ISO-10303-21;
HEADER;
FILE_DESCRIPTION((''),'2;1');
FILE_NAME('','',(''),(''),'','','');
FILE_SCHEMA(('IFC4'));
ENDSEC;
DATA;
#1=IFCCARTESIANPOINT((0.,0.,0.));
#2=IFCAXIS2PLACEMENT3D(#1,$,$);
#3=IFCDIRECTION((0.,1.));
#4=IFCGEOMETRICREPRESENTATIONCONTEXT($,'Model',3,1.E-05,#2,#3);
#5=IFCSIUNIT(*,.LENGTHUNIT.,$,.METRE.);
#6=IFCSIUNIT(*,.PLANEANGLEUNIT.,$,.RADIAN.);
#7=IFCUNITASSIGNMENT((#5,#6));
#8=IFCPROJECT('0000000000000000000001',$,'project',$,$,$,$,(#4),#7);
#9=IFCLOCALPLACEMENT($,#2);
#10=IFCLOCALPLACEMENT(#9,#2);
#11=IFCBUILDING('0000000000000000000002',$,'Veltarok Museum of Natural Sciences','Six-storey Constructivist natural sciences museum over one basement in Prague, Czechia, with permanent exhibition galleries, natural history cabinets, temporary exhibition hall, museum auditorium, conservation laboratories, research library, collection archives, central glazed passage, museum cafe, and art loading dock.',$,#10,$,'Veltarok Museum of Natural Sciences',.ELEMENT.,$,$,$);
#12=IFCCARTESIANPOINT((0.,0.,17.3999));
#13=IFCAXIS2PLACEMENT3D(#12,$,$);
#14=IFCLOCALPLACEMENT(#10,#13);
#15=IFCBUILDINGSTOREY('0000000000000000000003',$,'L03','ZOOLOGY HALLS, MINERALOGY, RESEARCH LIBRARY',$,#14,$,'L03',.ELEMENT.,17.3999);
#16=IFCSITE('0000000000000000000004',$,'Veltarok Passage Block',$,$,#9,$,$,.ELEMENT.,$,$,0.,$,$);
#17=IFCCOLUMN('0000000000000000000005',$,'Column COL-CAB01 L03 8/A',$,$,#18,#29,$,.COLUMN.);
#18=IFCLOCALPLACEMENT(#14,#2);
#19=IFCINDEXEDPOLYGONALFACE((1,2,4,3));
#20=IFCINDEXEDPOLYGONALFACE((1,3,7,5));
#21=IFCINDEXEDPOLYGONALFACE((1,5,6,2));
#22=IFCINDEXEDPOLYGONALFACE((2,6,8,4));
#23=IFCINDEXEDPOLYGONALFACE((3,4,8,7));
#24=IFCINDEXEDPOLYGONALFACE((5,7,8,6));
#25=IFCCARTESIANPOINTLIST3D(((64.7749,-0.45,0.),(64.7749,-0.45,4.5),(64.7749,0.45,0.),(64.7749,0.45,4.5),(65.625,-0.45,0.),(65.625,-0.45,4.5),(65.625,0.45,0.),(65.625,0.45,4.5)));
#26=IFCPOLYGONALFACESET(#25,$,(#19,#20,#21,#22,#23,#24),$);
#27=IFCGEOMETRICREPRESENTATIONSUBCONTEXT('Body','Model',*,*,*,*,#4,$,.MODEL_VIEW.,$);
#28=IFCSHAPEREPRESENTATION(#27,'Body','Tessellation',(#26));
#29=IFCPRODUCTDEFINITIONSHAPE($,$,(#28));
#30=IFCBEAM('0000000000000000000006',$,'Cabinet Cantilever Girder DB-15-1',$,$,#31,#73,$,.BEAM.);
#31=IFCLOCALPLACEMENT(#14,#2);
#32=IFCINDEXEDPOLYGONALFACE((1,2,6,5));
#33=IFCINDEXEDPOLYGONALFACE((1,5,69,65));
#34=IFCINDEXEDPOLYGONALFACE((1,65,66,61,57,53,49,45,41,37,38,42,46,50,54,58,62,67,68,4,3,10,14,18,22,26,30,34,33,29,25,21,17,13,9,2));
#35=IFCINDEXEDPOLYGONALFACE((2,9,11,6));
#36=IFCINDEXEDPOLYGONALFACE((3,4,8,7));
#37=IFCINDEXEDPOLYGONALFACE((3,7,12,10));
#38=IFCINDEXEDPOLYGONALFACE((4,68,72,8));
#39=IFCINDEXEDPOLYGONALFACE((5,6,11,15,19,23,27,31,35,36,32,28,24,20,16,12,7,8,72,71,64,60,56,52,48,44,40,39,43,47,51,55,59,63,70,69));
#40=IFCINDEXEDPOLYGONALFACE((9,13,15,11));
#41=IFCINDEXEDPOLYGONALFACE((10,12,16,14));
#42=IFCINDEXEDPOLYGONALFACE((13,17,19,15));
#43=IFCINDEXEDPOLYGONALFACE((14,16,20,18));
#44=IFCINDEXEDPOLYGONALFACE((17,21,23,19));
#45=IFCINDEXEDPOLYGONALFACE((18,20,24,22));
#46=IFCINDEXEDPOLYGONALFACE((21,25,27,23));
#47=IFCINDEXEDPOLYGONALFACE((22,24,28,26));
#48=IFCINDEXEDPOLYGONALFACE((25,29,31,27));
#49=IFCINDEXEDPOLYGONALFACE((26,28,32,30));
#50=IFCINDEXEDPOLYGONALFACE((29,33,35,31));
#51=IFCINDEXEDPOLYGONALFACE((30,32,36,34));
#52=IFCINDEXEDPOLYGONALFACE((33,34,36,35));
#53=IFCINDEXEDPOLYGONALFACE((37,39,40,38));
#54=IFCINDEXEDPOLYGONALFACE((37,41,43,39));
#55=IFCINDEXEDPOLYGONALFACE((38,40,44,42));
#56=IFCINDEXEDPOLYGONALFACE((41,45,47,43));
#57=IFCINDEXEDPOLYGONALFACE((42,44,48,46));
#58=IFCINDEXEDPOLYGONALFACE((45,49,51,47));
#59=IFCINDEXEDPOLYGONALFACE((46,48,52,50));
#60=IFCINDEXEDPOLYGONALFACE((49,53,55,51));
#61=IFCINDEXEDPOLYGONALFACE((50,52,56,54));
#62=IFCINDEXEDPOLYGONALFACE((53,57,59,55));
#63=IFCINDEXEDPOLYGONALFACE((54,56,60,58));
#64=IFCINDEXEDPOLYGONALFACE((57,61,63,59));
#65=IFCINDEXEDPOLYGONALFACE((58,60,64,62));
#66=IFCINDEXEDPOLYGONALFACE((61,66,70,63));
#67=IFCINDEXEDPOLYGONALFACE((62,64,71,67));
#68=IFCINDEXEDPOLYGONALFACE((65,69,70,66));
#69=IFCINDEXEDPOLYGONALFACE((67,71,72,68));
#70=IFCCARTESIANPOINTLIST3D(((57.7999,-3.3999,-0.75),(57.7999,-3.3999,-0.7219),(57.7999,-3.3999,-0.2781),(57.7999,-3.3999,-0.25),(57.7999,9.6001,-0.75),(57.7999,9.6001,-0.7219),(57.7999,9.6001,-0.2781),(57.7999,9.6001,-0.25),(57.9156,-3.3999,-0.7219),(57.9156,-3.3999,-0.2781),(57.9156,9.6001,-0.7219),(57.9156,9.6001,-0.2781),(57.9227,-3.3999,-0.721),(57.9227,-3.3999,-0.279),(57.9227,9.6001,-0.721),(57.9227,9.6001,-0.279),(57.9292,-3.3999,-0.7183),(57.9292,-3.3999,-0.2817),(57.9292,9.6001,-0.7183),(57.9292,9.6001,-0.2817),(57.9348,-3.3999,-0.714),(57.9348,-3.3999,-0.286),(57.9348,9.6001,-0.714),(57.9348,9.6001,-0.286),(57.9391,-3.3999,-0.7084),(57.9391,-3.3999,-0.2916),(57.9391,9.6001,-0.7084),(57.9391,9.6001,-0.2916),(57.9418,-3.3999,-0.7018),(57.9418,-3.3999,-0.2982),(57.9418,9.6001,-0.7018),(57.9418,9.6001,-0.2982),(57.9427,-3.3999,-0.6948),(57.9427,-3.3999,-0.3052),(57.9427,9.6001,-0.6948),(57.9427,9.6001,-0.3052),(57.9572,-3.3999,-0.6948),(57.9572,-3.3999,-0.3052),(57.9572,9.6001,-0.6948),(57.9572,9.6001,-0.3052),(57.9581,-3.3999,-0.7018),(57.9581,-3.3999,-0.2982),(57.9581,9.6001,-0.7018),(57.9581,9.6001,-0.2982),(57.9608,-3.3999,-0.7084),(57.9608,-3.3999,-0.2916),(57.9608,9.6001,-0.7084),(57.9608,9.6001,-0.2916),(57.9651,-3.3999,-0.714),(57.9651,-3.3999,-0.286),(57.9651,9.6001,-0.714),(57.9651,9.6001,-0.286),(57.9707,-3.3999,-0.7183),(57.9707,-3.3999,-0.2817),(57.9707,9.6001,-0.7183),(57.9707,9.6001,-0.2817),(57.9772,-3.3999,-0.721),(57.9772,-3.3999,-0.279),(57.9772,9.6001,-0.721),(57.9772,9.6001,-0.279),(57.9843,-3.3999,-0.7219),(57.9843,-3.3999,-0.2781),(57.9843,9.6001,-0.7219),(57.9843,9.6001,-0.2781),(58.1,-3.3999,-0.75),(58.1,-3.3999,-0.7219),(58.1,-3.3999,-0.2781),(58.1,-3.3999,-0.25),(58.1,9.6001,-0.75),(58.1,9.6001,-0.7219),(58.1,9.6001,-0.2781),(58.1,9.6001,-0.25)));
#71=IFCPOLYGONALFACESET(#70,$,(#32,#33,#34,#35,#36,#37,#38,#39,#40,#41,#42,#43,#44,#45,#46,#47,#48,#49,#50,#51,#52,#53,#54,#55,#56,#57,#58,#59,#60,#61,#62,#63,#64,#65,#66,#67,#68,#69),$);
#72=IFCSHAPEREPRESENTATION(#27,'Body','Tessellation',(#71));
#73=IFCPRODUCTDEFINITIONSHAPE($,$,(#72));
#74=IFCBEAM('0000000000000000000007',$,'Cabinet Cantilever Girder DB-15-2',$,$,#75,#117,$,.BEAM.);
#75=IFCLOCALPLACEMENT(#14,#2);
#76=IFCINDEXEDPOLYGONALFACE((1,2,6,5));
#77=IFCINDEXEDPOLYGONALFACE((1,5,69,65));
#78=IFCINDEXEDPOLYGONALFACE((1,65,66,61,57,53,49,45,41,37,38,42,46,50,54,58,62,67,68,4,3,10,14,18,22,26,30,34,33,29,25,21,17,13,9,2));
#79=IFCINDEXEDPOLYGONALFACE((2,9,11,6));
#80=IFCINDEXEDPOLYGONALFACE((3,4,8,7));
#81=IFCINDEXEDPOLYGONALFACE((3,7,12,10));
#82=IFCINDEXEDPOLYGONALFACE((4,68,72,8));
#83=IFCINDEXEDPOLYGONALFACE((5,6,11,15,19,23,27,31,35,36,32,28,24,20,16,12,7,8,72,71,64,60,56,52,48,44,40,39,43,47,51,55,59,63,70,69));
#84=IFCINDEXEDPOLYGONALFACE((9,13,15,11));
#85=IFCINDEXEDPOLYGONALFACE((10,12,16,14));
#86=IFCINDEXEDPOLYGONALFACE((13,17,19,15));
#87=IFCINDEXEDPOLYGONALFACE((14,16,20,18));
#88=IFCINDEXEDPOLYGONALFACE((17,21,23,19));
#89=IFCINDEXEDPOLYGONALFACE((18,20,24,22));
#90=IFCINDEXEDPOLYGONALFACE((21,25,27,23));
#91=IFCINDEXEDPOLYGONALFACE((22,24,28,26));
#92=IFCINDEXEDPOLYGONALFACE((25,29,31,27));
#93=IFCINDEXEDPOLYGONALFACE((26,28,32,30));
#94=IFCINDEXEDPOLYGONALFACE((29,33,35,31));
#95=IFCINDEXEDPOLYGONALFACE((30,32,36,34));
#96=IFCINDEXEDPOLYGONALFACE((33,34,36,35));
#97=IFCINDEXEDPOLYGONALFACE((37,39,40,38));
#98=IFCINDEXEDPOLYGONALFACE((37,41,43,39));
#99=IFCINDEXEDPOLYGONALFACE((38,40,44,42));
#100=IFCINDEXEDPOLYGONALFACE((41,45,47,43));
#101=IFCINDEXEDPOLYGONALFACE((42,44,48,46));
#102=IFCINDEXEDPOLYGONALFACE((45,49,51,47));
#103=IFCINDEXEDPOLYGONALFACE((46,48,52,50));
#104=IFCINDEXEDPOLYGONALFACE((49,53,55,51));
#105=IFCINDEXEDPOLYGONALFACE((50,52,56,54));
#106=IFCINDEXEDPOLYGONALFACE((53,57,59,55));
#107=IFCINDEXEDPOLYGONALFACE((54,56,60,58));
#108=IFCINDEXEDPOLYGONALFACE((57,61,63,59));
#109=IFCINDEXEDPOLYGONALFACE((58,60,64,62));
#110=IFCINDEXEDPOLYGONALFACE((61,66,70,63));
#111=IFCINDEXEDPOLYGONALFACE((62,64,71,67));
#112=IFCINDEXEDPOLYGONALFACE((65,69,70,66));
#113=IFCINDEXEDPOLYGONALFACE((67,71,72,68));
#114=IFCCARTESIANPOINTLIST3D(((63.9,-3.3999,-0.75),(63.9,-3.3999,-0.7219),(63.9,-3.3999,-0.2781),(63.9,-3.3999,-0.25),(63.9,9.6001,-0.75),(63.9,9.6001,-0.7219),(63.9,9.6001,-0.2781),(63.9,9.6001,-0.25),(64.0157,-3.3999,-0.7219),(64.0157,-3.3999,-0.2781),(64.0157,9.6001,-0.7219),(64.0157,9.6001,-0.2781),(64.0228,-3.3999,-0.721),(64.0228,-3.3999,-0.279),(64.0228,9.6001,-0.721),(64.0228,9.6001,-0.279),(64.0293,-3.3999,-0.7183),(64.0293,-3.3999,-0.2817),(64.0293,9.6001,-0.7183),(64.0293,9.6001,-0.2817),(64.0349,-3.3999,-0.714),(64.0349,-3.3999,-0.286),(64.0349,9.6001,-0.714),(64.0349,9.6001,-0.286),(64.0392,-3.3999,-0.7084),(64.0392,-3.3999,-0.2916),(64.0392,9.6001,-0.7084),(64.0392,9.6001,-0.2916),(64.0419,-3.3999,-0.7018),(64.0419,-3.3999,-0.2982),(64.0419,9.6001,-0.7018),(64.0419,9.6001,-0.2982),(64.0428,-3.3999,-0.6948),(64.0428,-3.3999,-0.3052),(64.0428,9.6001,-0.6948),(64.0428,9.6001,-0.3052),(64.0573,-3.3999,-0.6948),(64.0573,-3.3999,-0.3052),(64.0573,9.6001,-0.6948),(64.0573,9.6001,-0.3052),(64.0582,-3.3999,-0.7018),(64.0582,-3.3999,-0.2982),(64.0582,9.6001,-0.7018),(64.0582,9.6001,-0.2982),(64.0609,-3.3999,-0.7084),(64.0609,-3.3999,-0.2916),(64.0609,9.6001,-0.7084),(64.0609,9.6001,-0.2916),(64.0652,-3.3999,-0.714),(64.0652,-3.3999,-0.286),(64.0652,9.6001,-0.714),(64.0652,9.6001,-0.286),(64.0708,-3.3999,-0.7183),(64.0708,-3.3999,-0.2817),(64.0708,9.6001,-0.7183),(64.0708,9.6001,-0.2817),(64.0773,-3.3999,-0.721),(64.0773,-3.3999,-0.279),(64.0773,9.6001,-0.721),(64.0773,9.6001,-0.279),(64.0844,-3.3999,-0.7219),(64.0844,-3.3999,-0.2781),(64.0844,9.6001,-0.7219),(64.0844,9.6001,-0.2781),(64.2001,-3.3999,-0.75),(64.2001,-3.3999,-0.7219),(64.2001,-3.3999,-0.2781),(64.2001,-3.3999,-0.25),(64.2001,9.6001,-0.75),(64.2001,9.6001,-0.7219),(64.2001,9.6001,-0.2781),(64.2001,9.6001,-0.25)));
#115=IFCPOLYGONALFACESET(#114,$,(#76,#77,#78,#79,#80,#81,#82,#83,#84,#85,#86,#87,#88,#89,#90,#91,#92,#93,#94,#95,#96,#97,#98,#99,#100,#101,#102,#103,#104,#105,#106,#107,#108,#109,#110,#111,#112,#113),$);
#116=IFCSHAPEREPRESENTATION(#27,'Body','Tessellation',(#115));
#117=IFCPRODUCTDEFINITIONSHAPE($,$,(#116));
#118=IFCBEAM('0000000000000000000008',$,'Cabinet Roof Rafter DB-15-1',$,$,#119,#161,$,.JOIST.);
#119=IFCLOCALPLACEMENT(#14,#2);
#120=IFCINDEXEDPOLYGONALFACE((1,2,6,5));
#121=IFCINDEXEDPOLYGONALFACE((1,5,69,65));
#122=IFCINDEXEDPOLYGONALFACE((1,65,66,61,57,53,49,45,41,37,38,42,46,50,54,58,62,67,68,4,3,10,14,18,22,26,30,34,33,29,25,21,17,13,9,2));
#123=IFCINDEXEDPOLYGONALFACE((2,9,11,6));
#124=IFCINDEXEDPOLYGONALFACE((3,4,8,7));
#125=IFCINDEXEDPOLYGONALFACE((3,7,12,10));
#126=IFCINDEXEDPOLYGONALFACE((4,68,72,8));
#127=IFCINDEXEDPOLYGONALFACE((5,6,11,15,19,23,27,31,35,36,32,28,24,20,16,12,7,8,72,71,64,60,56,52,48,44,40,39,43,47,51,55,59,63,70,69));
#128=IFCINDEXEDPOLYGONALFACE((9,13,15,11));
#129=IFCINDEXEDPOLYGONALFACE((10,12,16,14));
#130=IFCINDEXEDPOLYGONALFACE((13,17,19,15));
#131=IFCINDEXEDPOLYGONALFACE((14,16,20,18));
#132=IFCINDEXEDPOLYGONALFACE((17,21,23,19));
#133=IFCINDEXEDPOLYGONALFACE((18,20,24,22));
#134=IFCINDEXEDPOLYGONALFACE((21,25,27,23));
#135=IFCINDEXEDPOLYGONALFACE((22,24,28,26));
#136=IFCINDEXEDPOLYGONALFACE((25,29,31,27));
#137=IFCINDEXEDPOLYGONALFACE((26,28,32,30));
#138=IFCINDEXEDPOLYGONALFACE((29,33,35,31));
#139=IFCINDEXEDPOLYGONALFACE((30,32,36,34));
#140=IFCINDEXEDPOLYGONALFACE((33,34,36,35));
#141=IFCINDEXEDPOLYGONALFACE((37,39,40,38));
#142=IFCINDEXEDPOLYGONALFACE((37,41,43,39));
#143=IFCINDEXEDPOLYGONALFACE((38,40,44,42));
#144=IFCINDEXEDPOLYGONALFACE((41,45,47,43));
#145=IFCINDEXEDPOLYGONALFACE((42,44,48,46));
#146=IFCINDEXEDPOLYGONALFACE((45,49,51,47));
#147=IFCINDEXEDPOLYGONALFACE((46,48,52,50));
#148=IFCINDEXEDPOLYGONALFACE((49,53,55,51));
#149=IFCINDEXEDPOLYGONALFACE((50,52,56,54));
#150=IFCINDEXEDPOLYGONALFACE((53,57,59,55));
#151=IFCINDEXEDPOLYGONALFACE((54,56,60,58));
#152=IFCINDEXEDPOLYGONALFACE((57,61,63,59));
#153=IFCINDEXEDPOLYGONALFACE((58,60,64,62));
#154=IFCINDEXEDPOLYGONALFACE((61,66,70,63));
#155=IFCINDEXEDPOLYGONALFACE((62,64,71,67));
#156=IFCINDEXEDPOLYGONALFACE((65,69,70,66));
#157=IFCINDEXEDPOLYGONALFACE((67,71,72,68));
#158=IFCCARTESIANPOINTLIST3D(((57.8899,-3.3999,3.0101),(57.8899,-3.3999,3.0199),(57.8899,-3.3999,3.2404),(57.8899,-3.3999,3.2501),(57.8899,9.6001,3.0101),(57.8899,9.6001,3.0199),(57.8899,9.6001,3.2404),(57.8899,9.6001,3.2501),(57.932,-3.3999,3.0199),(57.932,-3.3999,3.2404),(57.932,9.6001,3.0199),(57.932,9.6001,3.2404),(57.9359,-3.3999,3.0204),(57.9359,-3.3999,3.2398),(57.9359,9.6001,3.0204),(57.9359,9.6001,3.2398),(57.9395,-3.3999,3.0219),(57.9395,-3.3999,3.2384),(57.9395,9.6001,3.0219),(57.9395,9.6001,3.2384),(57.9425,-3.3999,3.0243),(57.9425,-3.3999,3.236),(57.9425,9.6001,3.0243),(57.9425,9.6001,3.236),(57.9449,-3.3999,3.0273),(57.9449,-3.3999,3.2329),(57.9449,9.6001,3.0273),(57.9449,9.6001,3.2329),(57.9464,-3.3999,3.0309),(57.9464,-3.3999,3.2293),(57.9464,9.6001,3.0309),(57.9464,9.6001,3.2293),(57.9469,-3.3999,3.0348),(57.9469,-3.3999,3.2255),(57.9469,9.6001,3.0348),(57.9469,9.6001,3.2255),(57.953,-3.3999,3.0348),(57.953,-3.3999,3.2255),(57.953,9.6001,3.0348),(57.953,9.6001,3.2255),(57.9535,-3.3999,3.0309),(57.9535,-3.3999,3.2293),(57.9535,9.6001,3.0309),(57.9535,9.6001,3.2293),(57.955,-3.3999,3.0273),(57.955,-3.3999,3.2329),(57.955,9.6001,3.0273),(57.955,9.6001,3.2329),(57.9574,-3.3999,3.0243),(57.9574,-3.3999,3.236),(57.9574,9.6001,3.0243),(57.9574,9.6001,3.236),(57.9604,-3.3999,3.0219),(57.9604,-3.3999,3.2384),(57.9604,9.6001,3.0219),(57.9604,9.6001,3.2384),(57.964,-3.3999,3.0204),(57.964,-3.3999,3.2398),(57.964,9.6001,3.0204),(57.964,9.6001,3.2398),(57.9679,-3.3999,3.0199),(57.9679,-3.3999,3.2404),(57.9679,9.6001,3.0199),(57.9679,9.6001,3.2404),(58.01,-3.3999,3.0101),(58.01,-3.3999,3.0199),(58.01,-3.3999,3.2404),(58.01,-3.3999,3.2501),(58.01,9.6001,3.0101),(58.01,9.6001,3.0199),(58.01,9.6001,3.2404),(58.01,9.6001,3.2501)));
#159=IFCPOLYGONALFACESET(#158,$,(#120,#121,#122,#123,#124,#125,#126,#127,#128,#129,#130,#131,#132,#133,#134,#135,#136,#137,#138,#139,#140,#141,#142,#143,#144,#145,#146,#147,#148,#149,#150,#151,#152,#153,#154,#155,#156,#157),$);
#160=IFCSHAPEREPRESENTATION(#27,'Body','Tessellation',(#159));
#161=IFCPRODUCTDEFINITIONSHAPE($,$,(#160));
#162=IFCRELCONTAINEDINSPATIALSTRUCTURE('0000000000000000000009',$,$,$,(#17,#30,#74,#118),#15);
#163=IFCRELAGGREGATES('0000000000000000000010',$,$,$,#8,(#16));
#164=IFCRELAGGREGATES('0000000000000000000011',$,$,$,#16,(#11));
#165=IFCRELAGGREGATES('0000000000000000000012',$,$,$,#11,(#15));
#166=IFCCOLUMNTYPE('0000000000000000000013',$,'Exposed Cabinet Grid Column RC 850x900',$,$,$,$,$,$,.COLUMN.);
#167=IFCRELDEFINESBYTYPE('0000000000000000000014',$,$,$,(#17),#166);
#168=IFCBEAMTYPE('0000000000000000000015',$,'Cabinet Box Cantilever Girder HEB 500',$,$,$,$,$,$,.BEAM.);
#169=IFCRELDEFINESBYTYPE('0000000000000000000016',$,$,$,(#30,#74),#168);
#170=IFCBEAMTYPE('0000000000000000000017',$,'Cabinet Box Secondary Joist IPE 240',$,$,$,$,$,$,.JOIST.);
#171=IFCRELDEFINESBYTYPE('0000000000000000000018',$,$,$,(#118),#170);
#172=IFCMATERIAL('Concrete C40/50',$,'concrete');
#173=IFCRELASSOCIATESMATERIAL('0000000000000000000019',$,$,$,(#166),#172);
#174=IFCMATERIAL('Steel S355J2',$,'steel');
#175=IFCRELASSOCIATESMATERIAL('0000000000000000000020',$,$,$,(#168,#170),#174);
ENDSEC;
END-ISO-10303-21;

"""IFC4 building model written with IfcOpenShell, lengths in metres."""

from ifc_helpers import new_model, si_unit, direction, frame, origin, origin_2d, place, context, subcontext, project, spatial, rectangle, i_section, extrude, material, material_profile, profile_set, type_object, element, save


model = new_model("IFC4")

# Units and contexts
model_context = context("Model", 3, precision=1e-05, world=origin(), true_north=direction((0.0, 1.0)))
body_context = subcontext(model_context, "Body", "Model", "MODEL_VIEW")
ifc_project = project(units=[si_unit("LENGTHUNIT", "METRE"), si_unit("PLANEANGLEUNIT", "RADIAN")], contexts=[model_context])

# Site, building, storey
site_placement = place(None, origin())
site = spatial("IfcSite", under=ifc_project, at=site_placement, Name="Veltarok Passage Block", CompositionType="ELEMENT", RefElevation=0.0)
building_placement = place(site_placement, origin())
building = spatial("IfcBuilding", under=site, at=building_placement, Name="Veltarok Museum of Natural Sciences", Description="Six-storey Constructivist natural sciences museum over one basement in Prague, Czechia, with permanent exhibition galleries, natural history cabinets, temporary exhibition hall, museum auditorium, conservation laboratories, research library, collection archives, central glazed passage, museum cafe, and art loading dock.", LongName="Veltarok Museum of Natural Sciences", CompositionType="ELEMENT")
storey_placement = place(building_placement, frame((0.0, 0.0, 17.3999)))
storey = spatial("IfcBuildingStorey", under=building, at=storey_placement, Name="L03", Description="ZOOLOGY HALLS, MINERALOGY, RESEARCH LIBRARY", LongName="L03", CompositionType="ELEMENT", Elevation=17.3999)

# Column
ifc_material_1 = material(Name="Concrete C40/50", Category="concrete")
ifc_material_profile_1 = material_profile(ifc_material_1, rectangle(XDim=0.8501, YDim=0.8999, at=origin_2d()), Name="RC 850x900")
ifc_profile_set_1 = profile_set([ifc_material_profile_1], Name="Concrete C40/50")
column_type = type_object("IfcColumnType", Name="Exposed Cabinet Grid Column RC 850x900", PredefinedType="COLUMN", material=ifc_profile_set_1)
column_placement = place(storey_placement, frame((65.2, 0.0, 0.0), z_axis=(0.0, 0.0, 1.0), x_axis=(1.0, 0.0, 0.0)))
element("IfcColumn", 1, at=column_placement, inside=storey, type_object=column_type, Name="Column COL-CAB01 L03 8/A", PredefinedType="COLUMN", context=body_context, shape_type="SweptSolid", body=[
    extrude(rectangle(XDim=0.8501, YDim=0.8999, at=origin_2d()), origin(), (0.0, 0.0, 1.0), 4.5),
])

# Beams
ifc_material_2 = material(Name="Steel S355J2", Category="steel")
ifc_material_profile_2 = material_profile(ifc_material_2, i_section(OverallWidth=0.3, OverallDepth=0.5, WebThickness=0.0144, FlangeThickness=0.0281, FilletRadius=0.0271, at=origin_2d()), Name="HEB 500")
ifc_profile_set_2 = profile_set([ifc_material_profile_2], Name="Steel S355J2")
beam_type_1 = type_object("IfcBeamType", Name="Cabinet Box Cantilever Girder HEB 500", PredefinedType="BEAM", material=ifc_profile_set_2)
for number, where, z_axis, x_axis, name in (
    (2, (57.95, -3.3999, -0.5), (0.0, 1.0, 0.0), (-1.0, 0.0, 0.0), "Cabinet Cantilever Girder DB-15-1"),
    (3, (64.05, -3.3999, -0.5), (0.0, 1.0, 0.0), (-1.0, 0.0, 0.0), "Cabinet Cantilever Girder DB-15-2"),
):
    element("IfcBeam", number, at=place(storey_placement, frame(where, z_axis=z_axis, x_axis=x_axis)), inside=storey, type_object=beam_type_1, Name=name, PredefinedType="BEAM", context=body_context, shape_type="SweptSolid", body=[
        extrude(i_section(OverallWidth=0.3, OverallDepth=0.5, WebThickness=0.0144, FlangeThickness=0.0281, FilletRadius=0.0271, at=origin_2d()), origin(), (0.0, 0.0, 1.0), 13.0),
    ])
ifc_material_profile_3 = material_profile(ifc_material_2, i_section(OverallWidth=0.1201, OverallDepth=0.24, WebThickness=0.0061, FlangeThickness=0.0098, FilletRadius=0.0149, at=origin_2d()), Name="IPE 240")
ifc_profile_set_3 = profile_set([ifc_material_profile_3], Name="Steel S355J2")
beam_type_2 = type_object("IfcBeamType", Name="Cabinet Box Secondary Joist IPE 240", PredefinedType="JOIST", material=ifc_profile_set_3)
for number, where, z_axis, x_axis, name in (
    (4, (57.95, -3.3999, 3.1301), (0.0, 1.0, 0.0), (-1.0, 0.0, 0.0), "Cabinet Roof Rafter DB-15-1"),
):
    element("IfcBeam", number, at=place(storey_placement, frame(where, z_axis=z_axis, x_axis=x_axis)), inside=storey, type_object=beam_type_2, Name=name, PredefinedType="JOIST", context=body_context, shape_type="SweptSolid", body=[
        extrude(i_section(OverallWidth=0.1201, OverallDepth=0.24, WebThickness=0.0061, FlangeThickness=0.0098, FilletRadius=0.0149, at=origin_2d()), origin(), (0.0, 0.0, 1.0), 13.0),
    ])

save(model, "model.ifc")
